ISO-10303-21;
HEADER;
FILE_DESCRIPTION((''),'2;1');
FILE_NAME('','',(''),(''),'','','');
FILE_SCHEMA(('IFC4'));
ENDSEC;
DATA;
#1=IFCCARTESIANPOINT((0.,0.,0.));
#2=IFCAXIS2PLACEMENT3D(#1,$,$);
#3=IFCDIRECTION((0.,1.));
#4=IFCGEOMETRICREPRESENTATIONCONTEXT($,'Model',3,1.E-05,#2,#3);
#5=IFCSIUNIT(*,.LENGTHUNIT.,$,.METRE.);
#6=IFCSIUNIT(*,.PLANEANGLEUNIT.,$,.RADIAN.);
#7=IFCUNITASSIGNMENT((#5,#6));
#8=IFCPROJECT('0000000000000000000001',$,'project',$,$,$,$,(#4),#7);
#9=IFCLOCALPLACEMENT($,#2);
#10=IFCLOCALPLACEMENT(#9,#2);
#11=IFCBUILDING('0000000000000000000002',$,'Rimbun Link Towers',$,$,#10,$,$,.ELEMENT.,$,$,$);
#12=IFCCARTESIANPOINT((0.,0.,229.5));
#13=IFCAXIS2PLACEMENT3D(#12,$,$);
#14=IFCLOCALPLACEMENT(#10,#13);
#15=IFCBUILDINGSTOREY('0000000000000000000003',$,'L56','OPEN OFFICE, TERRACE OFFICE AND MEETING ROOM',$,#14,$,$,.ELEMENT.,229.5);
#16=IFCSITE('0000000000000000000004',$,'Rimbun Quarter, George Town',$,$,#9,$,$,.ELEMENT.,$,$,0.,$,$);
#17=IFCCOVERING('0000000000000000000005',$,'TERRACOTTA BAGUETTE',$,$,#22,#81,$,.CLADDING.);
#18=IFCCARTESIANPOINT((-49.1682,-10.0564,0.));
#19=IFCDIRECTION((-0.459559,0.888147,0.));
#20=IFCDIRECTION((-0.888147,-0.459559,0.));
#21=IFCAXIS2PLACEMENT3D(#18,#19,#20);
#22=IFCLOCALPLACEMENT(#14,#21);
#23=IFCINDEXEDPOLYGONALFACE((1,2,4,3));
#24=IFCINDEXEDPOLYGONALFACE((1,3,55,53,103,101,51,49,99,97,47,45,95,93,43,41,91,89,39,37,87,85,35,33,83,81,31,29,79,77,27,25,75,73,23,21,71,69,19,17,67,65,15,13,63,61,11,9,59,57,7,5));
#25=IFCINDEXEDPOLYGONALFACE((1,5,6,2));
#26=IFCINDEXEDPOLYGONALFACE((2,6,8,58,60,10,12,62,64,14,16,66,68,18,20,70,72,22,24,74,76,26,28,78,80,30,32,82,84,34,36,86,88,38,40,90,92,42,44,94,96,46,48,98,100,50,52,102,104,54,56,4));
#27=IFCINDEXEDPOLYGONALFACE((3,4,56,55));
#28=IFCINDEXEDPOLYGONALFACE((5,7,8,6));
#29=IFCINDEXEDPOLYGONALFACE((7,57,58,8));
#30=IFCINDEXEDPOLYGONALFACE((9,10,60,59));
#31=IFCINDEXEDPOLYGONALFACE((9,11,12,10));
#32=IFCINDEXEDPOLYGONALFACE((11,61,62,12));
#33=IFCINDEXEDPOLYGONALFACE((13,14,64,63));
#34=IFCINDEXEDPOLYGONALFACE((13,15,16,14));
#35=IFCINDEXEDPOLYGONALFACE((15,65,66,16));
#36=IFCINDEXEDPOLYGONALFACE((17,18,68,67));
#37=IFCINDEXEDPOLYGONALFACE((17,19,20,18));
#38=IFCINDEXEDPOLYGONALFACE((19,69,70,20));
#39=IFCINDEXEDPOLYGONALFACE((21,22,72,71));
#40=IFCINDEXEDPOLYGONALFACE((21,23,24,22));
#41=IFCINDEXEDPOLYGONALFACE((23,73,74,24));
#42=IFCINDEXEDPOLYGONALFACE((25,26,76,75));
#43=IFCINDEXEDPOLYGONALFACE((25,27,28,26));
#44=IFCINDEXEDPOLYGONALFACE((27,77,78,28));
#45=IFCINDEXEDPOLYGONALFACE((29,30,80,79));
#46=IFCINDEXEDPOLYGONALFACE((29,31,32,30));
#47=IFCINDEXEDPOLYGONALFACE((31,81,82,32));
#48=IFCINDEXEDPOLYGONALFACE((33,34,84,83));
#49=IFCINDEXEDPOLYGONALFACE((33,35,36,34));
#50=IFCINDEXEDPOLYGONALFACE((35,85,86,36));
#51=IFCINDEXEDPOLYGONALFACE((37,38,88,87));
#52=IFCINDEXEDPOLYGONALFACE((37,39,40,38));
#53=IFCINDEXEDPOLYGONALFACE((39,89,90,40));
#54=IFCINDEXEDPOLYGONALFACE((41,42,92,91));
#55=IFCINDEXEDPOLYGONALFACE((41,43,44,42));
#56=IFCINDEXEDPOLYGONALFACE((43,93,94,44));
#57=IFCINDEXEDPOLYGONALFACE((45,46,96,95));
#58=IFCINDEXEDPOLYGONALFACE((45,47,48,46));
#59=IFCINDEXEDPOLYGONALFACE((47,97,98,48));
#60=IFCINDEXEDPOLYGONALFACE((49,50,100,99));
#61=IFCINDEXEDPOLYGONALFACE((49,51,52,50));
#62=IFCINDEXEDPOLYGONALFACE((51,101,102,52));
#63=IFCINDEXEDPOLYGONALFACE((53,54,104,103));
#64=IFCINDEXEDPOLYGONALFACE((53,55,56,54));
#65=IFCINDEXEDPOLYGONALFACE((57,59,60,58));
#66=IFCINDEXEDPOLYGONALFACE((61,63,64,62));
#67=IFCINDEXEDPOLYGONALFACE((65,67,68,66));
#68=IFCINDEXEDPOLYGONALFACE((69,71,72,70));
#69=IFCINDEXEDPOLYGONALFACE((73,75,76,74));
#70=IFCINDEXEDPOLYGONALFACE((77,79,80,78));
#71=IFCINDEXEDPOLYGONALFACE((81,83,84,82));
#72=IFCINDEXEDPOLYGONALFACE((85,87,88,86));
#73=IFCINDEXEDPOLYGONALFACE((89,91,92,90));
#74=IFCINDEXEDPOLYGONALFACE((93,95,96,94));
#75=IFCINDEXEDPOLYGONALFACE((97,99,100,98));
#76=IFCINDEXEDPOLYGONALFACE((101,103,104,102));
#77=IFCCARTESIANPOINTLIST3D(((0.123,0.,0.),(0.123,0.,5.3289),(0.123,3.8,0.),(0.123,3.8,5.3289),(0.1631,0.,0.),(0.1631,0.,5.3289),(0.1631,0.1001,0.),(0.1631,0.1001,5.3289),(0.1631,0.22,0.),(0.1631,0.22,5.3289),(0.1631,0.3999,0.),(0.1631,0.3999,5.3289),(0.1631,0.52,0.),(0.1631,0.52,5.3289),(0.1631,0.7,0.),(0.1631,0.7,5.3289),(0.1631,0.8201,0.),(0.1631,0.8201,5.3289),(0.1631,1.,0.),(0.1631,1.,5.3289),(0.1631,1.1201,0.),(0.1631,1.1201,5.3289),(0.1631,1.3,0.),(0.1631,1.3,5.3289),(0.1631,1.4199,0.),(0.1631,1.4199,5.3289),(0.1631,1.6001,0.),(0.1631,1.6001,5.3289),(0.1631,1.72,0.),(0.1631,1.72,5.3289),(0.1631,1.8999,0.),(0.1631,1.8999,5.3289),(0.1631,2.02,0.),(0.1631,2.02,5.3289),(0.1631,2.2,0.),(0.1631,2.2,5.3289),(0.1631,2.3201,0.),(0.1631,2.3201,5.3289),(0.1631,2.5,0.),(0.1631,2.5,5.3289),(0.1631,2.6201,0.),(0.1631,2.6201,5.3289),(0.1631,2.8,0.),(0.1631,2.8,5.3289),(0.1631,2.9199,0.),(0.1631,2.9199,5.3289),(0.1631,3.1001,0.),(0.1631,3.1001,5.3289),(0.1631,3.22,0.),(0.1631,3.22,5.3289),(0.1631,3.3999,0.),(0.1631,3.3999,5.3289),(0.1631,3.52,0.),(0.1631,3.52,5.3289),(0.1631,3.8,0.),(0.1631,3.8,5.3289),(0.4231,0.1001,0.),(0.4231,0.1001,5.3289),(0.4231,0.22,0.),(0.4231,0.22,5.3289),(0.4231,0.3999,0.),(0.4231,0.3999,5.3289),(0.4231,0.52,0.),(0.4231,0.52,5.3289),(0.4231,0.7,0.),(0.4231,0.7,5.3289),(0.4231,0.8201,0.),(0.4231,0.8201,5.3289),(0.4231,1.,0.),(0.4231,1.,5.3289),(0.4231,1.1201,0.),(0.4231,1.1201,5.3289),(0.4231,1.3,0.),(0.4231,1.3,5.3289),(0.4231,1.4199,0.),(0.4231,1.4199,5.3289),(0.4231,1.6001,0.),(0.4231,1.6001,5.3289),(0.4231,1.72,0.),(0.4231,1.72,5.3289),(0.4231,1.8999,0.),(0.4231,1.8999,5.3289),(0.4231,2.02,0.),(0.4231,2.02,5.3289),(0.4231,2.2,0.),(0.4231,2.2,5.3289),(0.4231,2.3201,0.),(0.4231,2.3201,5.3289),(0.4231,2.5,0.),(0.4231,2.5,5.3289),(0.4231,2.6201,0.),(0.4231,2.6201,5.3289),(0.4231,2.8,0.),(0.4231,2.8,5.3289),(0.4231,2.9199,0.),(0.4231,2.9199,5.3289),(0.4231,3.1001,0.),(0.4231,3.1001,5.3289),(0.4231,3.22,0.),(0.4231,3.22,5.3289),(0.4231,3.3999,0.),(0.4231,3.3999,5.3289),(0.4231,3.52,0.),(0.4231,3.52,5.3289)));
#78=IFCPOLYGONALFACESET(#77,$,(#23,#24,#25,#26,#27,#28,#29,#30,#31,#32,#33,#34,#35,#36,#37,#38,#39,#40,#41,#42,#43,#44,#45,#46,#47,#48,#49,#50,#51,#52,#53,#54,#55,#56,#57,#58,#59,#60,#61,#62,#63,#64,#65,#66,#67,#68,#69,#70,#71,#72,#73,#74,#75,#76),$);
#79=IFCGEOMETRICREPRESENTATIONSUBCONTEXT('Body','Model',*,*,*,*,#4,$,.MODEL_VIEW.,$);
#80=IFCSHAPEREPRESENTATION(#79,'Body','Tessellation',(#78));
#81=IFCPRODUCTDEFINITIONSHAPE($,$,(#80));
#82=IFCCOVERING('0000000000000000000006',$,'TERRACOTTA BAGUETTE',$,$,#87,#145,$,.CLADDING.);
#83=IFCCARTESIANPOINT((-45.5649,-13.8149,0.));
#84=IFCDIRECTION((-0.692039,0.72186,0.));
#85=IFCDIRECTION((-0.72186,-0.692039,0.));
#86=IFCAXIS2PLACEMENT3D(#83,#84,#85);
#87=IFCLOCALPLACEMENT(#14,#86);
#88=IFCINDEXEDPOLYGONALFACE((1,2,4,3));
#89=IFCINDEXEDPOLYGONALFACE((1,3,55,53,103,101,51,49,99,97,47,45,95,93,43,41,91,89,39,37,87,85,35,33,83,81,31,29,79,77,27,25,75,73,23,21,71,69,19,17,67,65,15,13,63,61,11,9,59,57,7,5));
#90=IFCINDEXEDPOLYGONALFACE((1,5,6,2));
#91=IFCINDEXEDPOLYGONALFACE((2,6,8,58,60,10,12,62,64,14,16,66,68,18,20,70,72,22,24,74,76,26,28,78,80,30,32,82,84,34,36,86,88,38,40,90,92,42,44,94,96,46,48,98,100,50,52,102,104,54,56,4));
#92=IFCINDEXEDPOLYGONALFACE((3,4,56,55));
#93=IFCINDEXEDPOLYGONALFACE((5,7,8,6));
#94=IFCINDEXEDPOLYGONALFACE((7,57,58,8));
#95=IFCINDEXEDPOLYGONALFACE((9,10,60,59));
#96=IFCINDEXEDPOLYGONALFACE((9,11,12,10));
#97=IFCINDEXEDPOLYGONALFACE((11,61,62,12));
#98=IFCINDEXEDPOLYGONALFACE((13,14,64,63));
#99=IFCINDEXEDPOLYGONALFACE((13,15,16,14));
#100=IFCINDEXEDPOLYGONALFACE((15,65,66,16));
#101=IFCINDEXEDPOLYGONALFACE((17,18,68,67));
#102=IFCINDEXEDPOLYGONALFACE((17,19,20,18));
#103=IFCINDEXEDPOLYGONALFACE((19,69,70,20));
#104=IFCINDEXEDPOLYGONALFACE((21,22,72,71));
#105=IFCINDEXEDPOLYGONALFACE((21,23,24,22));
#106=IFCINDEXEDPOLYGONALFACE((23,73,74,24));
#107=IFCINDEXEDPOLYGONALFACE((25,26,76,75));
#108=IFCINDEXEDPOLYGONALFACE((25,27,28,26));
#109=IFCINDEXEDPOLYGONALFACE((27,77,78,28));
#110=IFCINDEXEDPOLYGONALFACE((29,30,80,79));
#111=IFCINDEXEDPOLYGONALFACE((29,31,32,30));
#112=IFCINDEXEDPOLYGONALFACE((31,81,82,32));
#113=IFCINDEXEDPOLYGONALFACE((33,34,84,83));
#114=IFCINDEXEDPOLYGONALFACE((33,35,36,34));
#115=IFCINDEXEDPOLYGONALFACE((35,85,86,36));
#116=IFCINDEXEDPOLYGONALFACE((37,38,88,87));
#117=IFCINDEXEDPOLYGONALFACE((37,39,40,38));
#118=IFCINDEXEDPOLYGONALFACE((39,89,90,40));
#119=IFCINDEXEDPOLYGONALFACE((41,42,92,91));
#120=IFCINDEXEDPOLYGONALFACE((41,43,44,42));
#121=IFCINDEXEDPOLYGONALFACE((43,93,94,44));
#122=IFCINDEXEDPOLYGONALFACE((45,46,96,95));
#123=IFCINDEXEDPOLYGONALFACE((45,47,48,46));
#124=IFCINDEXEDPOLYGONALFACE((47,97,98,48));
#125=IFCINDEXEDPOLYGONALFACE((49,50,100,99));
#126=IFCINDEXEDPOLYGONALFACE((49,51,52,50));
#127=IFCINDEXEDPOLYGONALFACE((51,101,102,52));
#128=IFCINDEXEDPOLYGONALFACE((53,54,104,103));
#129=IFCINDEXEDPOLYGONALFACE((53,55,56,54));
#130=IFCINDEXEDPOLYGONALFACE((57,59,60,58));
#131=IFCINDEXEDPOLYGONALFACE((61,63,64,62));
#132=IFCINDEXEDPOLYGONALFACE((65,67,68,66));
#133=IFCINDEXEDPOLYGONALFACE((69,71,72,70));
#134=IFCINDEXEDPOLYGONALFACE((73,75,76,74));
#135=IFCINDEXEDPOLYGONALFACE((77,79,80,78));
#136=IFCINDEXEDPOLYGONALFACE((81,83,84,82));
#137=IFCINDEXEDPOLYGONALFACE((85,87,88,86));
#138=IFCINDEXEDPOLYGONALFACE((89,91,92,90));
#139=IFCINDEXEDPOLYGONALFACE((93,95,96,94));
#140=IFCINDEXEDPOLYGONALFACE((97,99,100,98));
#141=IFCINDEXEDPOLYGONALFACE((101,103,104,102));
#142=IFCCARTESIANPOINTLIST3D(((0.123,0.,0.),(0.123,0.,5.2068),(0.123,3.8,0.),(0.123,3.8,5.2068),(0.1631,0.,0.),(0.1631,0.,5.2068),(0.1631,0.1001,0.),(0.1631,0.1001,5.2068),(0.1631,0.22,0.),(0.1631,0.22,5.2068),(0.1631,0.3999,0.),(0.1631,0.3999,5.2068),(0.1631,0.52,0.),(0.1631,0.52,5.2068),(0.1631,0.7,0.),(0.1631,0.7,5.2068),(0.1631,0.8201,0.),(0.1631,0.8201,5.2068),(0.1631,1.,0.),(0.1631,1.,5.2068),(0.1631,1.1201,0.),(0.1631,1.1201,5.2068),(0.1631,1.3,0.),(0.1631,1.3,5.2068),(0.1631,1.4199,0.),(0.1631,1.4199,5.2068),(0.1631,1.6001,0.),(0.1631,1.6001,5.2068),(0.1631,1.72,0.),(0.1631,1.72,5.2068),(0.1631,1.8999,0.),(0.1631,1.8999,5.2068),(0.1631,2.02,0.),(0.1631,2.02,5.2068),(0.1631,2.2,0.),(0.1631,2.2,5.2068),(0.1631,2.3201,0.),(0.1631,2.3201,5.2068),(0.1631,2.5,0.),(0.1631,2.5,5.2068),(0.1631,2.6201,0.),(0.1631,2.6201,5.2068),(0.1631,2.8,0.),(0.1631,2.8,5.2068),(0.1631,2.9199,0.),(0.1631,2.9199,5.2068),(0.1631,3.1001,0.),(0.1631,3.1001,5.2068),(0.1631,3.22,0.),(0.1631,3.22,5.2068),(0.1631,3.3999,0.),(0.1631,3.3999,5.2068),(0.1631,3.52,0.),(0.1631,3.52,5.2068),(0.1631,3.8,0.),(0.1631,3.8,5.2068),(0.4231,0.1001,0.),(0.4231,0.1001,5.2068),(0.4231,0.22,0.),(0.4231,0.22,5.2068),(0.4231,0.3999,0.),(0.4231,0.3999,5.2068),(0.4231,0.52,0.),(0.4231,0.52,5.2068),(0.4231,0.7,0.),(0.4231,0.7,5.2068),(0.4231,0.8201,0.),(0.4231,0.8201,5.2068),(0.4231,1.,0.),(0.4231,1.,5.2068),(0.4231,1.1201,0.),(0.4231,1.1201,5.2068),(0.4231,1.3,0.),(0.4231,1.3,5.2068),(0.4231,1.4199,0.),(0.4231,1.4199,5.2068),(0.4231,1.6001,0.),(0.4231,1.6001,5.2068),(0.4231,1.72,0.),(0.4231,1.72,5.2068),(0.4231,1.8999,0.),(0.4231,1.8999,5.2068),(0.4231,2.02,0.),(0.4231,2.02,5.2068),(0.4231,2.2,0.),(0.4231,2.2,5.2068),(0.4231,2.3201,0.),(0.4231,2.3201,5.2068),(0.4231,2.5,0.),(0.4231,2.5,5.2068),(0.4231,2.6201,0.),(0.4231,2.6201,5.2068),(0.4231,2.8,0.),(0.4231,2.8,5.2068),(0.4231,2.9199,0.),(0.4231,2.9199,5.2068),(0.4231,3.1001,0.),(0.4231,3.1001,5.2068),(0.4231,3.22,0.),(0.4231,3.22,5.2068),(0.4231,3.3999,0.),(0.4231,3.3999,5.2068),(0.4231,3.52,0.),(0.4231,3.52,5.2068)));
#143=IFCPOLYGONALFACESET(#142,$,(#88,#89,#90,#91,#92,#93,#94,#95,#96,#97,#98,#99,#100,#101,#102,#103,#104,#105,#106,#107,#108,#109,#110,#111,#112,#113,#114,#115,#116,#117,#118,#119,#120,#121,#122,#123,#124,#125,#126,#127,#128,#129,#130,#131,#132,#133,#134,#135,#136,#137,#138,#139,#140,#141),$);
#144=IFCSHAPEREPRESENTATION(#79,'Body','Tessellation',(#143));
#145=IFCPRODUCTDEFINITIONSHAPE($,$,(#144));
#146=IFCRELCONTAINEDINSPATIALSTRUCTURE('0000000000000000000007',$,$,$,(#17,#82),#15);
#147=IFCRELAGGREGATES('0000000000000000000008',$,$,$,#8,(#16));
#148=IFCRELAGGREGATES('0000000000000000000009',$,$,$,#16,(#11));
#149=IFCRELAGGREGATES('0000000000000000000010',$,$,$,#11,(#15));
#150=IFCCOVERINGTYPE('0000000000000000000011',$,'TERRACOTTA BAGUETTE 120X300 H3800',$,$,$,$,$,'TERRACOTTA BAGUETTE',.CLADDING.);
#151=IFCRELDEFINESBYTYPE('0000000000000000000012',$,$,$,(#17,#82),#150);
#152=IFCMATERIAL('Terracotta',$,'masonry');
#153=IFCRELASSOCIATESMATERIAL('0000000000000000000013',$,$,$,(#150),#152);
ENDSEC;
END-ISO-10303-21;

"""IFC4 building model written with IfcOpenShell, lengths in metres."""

from ifc_helpers import new_model, si_unit, direction, frame, origin, place, context, subcontext, project, spatial, polyline, outline, extrude, material, material_profile, profile_set, type_object, element, save


model = new_model("IFC4")

# Units and contexts
model_context = context("Model", 3, precision=1e-05, world=origin(), true_north=direction((0.0, 1.0)))
body_context = subcontext(model_context, "Body", "Model", "MODEL_VIEW")
ifc_project = project(units=[si_unit("LENGTHUNIT", "METRE"), si_unit("PLANEANGLEUNIT", "RADIAN")], contexts=[model_context])

# Site, building, storey
site_placement = place(None, origin())
site = spatial("IfcSite", under=ifc_project, at=site_placement, Name="Rimbun Quarter, George Town", CompositionType="ELEMENT", RefElevation=0.0)
building_placement = place(site_placement, origin())
building = spatial("IfcBuilding", under=site, at=building_placement, Name="Rimbun Link Towers", CompositionType="ELEMENT")
storey_placement = place(building_placement, frame((0.0, 0.0, 229.5)))
storey = spatial("IfcBuildingStorey", under=building, at=storey_placement, Name="L56", Description="OPEN OFFICE, TERRACE OFFICE AND MEETING ROOM", CompositionType="ELEMENT", Elevation=229.5)

# Coverings
ifc_material_1 = material(Name="Terracotta", Category="masonry")
ifc_material_profile_1 = material_profile(ifc_material_1, outline(polyline([(0.123, 0.0), (0.1631, 0.0), (0.1631, 0.1001), (0.4231, 0.1001), (0.4231, 0.22), (0.1631, 0.22), (0.1631, 0.3999), (0.4231, 0.3999), (0.4231, 0.52), (0.1631, 0.52), (0.1631, 0.7), (0.4231, 0.7), (0.4231, 0.8201), (0.1631, 0.8201), (0.1631, 1.0), (0.4231, 1.0), (0.4231, 1.1201), (0.1631, 1.1201), (0.1631, 1.3), (0.4231, 1.3), (0.4231, 1.4199), (0.1631, 1.4199), (0.1631, 1.6001), (0.4231, 1.6001), (0.4231, 1.72), (0.1631, 1.72), (0.1631, 1.8999), (0.4231, 1.8999), (0.4231, 2.02), (0.1631, 2.02), (0.1631, 2.2), (0.4231, 2.2), (0.4231, 2.3201), (0.1631, 2.3201), (0.1631, 2.5), (0.4231, 2.5), (0.4231, 2.6201), (0.1631, 2.6201), (0.1631, 2.8), (0.4231, 2.8), (0.4231, 2.9199), (0.1631, 2.9199), (0.1631, 3.1001), (0.4231, 3.1001), (0.4231, 3.22), (0.1631, 3.22), (0.1631, 3.3999), (0.4231, 3.3999), (0.4231, 3.52), (0.1631, 3.52), (0.1631, 3.8), (0.123, 3.8), (0.123, 0.0)])), Name="BAGUETTE 120X300")
ifc_profile_set_1 = profile_set([ifc_material_profile_1], Name="Terracotta")
covering_type = type_object("IfcCoveringType", Name="TERRACOTTA BAGUETTE 120X300 H3800", ElementType="TERRACOTTA BAGUETTE", PredefinedType="CLADDING", material=ifc_profile_set_1)
covering_1_placement = place(storey_placement, frame((-49.1682, -10.0564, 0.0), z_axis=(-0.459559, 0.888147, 0.0), x_axis=(-0.888147, -0.459559, 0.0)))
element("IfcCovering", 1, at=covering_1_placement, inside=storey, type_object=covering_type, Name="TERRACOTTA BAGUETTE", PredefinedType="CLADDING", context=body_context, shape_type="SweptSolid", body=[
    extrude(outline(polyline([(0.123, 0.0), (0.1631, 0.0), (0.1631, 0.1001), (0.4231, 0.1001), (0.4231, 0.22), (0.1631, 0.22), (0.1631, 0.3999), (0.4231, 0.3999), (0.4231, 0.52), (0.1631, 0.52), (0.1631, 0.7), (0.4231, 0.7), (0.4231, 0.8201), (0.1631, 0.8201), (0.1631, 1.0), (0.4231, 1.0), (0.4231, 1.1201), (0.1631, 1.1201), (0.1631, 1.3), (0.4231, 1.3), (0.4231, 1.4199), (0.1631, 1.4199), (0.1631, 1.6001), (0.4231, 1.6001), (0.4231, 1.72), (0.1631, 1.72), (0.1631, 1.8999), (0.4231, 1.8999), (0.4231, 2.02), (0.1631, 2.02), (0.1631, 2.2), (0.4231, 2.2), (0.4231, 2.3201), (0.1631, 2.3201), (0.1631, 2.5), (0.4231, 2.5), (0.4231, 2.6201), (0.1631, 2.6201), (0.1631, 2.8), (0.4231, 2.8), (0.4231, 2.9199), (0.1631, 2.9199), (0.1631, 3.1001), (0.4231, 3.1001), (0.4231, 3.22), (0.1631, 3.22), (0.1631, 3.3999), (0.4231, 3.3999), (0.4231, 3.52), (0.1631, 3.52), (0.1631, 3.8), (0.123, 3.8), (0.123, 0.0)])), origin(), (0.0, 0.0, 1.0), 5.3289),
])
covering_2_placement = place(storey_placement, frame((-45.5649, -13.8149, 0.0), z_axis=(-0.692039, 0.72186, 0.0), x_axis=(-0.72186, -0.692039, 0.0)))
element("IfcCovering", 2, at=covering_2_placement, inside=storey, type_object=covering_type, Name="TERRACOTTA BAGUETTE", PredefinedType="CLADDING", context=body_context, shape_type="SweptSolid", body=[
    extrude(outline(polyline([(0.123, 0.0), (0.1631, 0.0), (0.1631, 0.1001), (0.4231, 0.1001), (0.4231, 0.22), (0.1631, 0.22), (0.1631, 0.3999), (0.4231, 0.3999), (0.4231, 0.52), (0.1631, 0.52), (0.1631, 0.7), (0.4231, 0.7), (0.4231, 0.8201), (0.1631, 0.8201), (0.1631, 1.0), (0.4231, 1.0), (0.4231, 1.1201), (0.1631, 1.1201), (0.1631, 1.3), (0.4231, 1.3), (0.4231, 1.4199), (0.1631, 1.4199), (0.1631, 1.6001), (0.4231, 1.6001), (0.4231, 1.72), (0.1631, 1.72), (0.1631, 1.8999), (0.4231, 1.8999), (0.4231, 2.02), (0.1631, 2.02), (0.1631, 2.2), (0.4231, 2.2), (0.4231, 2.3201), (0.1631, 2.3201), (0.1631, 2.5), (0.4231, 2.5), (0.4231, 2.6201), (0.1631, 2.6201), (0.1631, 2.8), (0.4231, 2.8), (0.4231, 2.9199), (0.1631, 2.9199), (0.1631, 3.1001), (0.4231, 3.1001), (0.4231, 3.22), (0.1631, 3.22), (0.1631, 3.3999), (0.4231, 3.3999), (0.4231, 3.52), (0.1631, 3.52), (0.1631, 3.8), (0.123, 3.8), (0.123, 0.0)])), origin(), (0.0, 0.0, 1.0), 5.2068),
])

save(model, "model.ifc")
